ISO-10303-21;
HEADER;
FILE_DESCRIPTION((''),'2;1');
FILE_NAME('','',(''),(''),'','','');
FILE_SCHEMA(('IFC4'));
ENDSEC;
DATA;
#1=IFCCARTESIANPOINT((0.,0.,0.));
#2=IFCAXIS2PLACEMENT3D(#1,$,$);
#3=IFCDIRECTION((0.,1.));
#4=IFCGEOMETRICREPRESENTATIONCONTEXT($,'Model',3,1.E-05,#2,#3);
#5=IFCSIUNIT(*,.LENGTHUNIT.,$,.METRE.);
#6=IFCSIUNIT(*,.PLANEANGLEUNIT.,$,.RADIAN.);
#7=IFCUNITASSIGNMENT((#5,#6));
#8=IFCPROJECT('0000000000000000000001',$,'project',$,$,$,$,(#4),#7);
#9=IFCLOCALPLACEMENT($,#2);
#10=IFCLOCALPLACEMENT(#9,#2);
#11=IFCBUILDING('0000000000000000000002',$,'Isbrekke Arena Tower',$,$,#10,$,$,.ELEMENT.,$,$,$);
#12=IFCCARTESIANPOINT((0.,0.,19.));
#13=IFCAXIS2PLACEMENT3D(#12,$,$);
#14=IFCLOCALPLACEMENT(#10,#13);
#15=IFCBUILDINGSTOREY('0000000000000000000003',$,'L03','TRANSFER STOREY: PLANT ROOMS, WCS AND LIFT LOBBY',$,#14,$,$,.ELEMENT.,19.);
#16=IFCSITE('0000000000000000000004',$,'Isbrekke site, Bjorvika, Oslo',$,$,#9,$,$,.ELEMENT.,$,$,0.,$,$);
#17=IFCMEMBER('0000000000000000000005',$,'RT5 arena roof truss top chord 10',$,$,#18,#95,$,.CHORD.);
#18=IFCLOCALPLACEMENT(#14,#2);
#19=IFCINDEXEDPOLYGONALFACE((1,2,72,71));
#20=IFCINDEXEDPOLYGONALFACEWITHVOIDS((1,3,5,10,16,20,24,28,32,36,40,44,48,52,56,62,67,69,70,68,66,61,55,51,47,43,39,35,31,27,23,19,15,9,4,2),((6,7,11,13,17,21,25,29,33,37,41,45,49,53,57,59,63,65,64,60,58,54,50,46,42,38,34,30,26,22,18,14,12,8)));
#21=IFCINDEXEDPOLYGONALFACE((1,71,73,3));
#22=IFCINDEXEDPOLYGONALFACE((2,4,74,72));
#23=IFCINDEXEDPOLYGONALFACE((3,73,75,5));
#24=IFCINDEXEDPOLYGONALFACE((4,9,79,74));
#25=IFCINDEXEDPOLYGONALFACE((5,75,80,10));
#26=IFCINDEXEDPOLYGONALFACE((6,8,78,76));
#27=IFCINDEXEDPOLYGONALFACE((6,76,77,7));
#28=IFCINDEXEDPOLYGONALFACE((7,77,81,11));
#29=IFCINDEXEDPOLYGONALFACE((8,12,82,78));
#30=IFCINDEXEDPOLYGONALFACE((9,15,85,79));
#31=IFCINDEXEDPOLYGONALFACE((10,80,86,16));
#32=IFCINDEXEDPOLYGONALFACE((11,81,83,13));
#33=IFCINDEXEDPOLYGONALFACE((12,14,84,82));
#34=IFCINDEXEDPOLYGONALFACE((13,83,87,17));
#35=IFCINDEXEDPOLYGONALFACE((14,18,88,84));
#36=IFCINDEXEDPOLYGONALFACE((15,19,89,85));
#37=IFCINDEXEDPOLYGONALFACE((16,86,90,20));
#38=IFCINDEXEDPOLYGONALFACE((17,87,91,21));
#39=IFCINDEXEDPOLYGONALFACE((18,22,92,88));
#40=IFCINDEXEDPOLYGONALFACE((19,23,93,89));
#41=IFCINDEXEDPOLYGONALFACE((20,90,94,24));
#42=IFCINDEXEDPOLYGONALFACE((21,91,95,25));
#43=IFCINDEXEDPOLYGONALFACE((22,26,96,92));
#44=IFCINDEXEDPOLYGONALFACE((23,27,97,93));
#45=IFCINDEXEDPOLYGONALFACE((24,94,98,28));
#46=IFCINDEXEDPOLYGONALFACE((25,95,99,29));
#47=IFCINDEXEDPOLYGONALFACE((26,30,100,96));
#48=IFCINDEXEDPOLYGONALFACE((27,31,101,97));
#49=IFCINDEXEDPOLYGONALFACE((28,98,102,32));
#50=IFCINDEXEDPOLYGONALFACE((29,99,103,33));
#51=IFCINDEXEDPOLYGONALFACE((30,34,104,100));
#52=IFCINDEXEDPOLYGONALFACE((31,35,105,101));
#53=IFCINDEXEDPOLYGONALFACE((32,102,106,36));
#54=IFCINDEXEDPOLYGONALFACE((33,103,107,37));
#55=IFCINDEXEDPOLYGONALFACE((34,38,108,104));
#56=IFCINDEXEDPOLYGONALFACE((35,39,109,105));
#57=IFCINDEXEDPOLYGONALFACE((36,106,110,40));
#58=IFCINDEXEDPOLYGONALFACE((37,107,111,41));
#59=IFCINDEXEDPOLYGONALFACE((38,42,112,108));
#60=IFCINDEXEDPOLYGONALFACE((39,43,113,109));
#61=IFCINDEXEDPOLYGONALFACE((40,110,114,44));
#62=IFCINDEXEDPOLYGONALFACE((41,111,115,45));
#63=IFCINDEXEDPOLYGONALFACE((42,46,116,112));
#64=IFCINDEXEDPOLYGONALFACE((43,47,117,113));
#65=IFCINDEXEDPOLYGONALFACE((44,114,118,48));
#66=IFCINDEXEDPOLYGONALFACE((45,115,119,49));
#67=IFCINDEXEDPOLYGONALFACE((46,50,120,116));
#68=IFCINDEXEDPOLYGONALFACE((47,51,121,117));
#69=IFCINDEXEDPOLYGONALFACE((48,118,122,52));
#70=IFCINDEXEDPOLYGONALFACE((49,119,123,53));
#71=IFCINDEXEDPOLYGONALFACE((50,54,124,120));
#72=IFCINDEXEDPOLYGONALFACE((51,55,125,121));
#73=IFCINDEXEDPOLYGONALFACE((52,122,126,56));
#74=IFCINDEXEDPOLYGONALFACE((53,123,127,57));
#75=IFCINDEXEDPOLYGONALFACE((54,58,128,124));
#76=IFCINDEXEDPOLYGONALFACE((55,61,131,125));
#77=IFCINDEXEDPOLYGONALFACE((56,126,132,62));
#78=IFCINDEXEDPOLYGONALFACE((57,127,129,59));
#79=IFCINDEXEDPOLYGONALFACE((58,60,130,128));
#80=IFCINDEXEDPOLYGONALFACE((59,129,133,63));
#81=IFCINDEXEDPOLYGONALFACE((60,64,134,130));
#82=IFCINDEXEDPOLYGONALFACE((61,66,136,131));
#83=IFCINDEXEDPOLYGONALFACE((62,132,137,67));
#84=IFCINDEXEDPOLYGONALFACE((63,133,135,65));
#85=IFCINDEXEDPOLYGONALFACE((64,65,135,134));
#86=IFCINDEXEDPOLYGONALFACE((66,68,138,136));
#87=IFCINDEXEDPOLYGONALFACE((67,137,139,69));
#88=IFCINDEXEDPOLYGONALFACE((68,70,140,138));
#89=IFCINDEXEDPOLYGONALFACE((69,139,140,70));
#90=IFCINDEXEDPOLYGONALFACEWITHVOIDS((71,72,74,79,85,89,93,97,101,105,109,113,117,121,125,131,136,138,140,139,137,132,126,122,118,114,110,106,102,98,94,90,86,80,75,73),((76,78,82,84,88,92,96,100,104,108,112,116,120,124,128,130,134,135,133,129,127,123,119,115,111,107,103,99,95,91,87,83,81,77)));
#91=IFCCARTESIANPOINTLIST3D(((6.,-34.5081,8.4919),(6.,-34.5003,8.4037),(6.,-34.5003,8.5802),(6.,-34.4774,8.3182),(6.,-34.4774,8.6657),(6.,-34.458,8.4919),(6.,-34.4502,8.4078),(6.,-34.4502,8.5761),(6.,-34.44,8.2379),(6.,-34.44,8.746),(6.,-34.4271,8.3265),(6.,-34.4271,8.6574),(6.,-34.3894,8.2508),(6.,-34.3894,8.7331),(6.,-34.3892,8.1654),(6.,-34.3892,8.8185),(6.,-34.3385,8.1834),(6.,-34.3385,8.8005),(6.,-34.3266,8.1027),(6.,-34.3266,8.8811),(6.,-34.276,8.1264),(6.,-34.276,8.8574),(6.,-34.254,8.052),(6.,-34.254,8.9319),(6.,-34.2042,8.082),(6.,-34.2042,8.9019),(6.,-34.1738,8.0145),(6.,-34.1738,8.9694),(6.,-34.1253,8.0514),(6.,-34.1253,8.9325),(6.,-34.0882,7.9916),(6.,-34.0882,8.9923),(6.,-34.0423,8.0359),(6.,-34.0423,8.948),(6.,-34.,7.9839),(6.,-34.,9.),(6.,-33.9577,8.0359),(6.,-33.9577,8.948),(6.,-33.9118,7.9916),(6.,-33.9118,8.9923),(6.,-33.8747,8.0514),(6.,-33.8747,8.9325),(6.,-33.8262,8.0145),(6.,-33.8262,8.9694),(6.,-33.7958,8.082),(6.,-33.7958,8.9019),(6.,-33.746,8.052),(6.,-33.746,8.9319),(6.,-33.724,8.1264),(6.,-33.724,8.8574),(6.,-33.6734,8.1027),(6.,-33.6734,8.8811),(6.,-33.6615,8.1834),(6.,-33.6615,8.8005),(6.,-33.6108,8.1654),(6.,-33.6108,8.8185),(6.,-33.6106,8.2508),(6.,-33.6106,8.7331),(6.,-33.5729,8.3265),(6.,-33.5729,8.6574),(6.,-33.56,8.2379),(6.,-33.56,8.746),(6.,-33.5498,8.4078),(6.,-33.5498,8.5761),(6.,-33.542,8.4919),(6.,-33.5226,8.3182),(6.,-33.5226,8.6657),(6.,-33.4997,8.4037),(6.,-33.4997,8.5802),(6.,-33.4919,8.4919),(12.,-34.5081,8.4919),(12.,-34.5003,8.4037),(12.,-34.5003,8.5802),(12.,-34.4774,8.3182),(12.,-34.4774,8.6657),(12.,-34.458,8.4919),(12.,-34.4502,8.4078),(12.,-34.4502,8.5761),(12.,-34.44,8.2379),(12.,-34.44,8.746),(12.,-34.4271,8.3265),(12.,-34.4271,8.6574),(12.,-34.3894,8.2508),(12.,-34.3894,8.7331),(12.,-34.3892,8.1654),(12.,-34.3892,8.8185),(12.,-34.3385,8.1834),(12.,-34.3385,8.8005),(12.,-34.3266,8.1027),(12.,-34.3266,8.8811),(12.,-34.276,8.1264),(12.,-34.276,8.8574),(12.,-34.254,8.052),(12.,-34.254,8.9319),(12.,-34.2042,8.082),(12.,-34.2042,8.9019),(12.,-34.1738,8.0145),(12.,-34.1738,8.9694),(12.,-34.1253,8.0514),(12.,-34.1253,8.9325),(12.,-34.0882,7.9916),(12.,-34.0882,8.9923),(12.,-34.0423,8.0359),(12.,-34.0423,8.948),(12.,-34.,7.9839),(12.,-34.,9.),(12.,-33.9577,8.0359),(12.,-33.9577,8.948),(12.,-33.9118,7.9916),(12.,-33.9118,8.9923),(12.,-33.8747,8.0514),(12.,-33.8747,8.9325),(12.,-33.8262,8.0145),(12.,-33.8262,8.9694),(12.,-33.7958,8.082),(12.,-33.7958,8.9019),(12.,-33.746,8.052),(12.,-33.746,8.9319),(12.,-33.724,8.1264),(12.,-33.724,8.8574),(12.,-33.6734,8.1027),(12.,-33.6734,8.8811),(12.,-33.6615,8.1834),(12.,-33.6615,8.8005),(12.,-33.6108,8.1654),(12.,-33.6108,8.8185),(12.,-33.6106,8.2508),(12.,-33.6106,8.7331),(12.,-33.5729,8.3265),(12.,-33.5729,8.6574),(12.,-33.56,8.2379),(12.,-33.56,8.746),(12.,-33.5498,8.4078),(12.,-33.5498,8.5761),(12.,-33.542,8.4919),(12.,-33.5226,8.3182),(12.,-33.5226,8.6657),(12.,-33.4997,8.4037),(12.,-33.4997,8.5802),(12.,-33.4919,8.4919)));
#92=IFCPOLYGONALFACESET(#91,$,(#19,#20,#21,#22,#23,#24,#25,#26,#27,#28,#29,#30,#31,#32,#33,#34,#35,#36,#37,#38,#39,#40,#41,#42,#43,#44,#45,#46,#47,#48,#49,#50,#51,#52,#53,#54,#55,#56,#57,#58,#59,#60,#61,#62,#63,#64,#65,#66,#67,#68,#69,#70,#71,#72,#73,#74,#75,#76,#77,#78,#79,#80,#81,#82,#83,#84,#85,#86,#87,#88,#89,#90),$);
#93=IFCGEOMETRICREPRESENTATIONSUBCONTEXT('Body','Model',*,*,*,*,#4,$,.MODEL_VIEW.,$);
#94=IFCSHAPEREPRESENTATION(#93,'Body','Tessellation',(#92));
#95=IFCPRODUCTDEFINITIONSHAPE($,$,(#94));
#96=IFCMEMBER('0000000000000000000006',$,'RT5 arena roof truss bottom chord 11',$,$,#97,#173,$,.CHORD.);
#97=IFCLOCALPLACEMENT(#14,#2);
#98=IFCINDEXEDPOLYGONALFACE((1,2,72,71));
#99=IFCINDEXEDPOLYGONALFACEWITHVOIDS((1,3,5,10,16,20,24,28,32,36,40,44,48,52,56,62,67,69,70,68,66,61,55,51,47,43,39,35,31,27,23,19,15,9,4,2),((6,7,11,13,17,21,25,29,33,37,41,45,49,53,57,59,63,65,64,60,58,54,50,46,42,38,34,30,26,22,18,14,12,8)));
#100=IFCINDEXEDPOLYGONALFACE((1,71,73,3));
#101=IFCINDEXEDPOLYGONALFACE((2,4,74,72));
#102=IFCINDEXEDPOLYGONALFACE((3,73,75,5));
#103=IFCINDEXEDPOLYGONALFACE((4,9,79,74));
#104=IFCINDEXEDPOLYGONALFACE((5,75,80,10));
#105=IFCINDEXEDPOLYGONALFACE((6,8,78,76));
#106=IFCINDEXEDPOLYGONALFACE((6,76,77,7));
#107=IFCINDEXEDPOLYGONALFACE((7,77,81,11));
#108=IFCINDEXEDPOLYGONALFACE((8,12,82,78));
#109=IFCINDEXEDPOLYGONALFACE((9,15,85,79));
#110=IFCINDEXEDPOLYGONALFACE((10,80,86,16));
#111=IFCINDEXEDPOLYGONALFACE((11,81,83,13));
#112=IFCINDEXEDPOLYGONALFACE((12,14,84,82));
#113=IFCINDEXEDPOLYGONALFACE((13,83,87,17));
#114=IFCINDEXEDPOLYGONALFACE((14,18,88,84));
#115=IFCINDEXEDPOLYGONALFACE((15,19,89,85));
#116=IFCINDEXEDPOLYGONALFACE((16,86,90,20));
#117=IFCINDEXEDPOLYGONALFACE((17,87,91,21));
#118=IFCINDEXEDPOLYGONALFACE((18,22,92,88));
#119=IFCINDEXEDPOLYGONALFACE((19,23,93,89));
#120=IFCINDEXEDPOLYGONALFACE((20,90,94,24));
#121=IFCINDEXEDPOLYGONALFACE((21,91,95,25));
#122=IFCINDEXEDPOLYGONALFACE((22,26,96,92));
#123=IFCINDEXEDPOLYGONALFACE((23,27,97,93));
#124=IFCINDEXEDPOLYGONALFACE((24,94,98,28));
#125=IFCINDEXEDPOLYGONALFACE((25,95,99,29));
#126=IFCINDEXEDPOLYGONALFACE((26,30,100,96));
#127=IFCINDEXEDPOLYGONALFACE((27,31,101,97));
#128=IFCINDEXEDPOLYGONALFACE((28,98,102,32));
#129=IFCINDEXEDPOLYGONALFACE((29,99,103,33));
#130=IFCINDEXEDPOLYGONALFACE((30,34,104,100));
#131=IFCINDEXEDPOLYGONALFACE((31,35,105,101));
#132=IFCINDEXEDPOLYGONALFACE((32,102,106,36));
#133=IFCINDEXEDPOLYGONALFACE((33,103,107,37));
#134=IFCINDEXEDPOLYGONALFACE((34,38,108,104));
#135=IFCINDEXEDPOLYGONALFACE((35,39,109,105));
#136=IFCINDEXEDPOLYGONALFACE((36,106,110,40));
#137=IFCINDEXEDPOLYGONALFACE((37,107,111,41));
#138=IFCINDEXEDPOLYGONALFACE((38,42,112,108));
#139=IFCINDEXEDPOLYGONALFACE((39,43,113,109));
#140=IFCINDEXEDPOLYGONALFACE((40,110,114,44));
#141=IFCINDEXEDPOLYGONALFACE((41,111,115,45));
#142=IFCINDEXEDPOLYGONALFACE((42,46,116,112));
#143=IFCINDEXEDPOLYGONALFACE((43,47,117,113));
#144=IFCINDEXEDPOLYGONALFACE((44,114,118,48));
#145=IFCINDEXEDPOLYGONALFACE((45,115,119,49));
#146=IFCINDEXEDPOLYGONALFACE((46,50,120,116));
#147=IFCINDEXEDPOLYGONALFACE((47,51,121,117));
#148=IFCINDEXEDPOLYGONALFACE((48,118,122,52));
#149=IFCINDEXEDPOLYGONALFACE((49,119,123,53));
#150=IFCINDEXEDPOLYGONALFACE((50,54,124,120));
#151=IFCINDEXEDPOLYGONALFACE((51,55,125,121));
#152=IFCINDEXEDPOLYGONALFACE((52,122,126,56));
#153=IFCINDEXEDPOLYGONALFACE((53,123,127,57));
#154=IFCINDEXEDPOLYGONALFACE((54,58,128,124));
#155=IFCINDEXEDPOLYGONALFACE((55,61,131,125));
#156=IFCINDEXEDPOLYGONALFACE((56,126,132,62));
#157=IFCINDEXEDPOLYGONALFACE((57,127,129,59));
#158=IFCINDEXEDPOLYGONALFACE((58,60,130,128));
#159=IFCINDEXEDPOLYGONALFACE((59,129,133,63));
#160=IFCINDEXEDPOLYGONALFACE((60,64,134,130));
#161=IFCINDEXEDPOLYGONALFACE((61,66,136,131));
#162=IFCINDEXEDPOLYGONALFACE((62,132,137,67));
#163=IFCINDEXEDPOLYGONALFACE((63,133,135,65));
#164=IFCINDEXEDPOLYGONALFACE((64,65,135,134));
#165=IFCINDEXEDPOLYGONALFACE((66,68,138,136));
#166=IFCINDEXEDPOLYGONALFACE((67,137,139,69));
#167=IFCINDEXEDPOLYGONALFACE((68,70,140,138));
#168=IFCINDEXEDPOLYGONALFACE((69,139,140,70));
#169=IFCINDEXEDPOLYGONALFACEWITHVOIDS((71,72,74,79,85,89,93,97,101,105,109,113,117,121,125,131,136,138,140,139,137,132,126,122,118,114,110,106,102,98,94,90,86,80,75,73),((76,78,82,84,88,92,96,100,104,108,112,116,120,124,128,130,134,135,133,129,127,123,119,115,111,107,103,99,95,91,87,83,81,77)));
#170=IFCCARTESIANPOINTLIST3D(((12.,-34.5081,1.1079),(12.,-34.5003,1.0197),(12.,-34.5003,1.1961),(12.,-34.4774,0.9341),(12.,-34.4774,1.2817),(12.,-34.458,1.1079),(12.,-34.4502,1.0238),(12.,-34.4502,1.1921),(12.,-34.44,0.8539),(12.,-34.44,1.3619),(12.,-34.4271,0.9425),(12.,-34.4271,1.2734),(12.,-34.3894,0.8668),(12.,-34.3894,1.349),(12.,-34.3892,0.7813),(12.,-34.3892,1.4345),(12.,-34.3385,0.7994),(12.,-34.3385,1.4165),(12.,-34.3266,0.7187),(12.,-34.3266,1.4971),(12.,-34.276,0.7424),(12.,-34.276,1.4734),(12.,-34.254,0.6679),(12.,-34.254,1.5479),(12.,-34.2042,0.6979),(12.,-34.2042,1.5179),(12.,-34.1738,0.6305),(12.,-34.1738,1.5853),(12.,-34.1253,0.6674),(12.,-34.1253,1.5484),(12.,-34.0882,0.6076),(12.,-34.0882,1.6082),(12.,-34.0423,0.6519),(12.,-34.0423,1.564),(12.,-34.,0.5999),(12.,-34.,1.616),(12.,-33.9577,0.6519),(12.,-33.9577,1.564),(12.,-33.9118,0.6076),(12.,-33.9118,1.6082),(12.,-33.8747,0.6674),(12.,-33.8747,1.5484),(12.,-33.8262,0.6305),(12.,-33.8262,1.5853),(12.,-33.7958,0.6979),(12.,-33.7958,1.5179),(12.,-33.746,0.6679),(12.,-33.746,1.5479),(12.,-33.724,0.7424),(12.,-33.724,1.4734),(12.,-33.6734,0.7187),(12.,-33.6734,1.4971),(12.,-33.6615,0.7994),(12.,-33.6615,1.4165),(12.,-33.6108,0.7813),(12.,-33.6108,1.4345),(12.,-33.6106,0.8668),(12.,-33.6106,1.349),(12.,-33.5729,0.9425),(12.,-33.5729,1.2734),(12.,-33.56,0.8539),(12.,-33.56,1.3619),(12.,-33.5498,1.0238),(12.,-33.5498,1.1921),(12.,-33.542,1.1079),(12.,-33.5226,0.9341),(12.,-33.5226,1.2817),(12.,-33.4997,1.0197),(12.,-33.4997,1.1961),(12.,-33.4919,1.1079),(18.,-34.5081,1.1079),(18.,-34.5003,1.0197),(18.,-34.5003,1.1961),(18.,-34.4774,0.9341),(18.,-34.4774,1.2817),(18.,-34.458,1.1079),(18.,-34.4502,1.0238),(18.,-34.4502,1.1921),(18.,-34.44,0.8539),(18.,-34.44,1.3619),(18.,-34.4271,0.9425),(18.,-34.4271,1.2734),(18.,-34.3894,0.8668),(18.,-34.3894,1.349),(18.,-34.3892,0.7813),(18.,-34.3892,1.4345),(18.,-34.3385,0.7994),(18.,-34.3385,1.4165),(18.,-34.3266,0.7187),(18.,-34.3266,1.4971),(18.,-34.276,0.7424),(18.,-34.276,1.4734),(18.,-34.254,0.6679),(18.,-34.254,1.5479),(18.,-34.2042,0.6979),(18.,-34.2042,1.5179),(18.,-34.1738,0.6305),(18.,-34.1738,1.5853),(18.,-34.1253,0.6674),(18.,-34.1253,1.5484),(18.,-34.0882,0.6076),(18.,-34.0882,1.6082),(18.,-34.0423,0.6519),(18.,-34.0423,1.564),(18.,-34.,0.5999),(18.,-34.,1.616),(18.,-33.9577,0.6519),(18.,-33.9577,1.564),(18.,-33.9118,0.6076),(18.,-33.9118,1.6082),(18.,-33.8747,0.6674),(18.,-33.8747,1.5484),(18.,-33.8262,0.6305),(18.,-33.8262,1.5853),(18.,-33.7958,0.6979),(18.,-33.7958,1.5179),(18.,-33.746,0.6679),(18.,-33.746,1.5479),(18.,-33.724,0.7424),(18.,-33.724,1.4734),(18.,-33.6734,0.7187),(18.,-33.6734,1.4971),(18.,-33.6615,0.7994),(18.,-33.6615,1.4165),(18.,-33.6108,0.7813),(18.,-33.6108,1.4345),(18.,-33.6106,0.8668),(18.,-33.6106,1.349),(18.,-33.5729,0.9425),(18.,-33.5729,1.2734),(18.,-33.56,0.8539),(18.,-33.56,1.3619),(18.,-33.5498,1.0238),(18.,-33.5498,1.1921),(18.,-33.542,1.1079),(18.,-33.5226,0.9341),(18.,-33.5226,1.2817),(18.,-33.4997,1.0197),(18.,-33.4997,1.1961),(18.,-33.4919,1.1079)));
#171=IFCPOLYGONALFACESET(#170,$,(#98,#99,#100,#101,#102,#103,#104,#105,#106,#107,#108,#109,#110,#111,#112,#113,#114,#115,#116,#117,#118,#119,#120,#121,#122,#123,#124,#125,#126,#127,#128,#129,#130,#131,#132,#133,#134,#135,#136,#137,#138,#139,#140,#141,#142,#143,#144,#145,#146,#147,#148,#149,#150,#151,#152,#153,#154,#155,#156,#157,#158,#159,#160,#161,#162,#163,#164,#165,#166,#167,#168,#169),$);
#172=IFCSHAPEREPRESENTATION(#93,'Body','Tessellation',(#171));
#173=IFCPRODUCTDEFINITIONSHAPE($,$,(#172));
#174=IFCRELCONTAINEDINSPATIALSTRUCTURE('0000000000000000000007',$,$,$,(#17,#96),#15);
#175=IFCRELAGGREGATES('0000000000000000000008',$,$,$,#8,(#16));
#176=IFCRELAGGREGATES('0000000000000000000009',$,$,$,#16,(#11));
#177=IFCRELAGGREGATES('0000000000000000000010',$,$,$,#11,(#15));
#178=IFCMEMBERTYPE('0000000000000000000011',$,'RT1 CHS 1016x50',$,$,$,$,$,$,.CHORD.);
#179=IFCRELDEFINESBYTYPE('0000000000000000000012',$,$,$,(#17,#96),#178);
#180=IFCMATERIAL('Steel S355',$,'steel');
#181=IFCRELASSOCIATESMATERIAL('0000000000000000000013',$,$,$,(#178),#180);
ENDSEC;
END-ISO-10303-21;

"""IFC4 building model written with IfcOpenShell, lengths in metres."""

from ifc_helpers import new_model, si_unit, direction, frame, origin, origin_2d, place, context, subcontext, project, spatial, hollow_circle, extrude, material, material_profile, profile_set, type_object, element, save


model = new_model("IFC4")

# Units and contexts
model_context = context("Model", 3, precision=1e-05, world=origin(), true_north=direction((0.0, 1.0)))
body_context = subcontext(model_context, "Body", "Model", "MODEL_VIEW")
ifc_project = project(units=[si_unit("LENGTHUNIT", "METRE"), si_unit("PLANEANGLEUNIT", "RADIAN")], contexts=[model_context])

# Site, building, storey
site_placement = place(None, origin())
site = spatial("IfcSite", under=ifc_project, at=site_placement, Name="Isbrekke site, Bjorvika, Oslo", CompositionType="ELEMENT", RefElevation=0.0)
building_placement = place(site_placement, origin())
building = spatial("IfcBuilding", under=site, at=building_placement, Name="Isbrekke Arena Tower", CompositionType="ELEMENT")
storey_placement = place(building_placement, frame((0.0, 0.0, 19.0)))
storey = spatial("IfcBuildingStorey", under=building, at=storey_placement, Name="L03", Description="TRANSFER STOREY: PLANT ROOMS, WCS AND LIFT LOBBY", CompositionType="ELEMENT", Elevation=19.0)

# Members
ifc_material_1 = material(Name="Steel S355", Category="steel")
ifc_material_profile_1 = material_profile(ifc_material_1, hollow_circle(Radius=0.5081, WallThickness=0.05, at=origin_2d()), Name="CHS 1016x50")
ifc_profile_set_1 = profile_set([ifc_material_profile_1], Name="Steel S355")
member_type_1 = type_object("IfcMemberType", Name="RT1 CHS 1016x50", PredefinedType="CHORD", material=ifc_profile_set_1)
for number, where, z_axis, x_axis, name in (
    (1, (6.0, -34.0, 8.4919), (1.0, 0.0, 0.0), (0.0, 1.0, 0.0), "RT5 arena roof truss top chord 10"),
    (2, (12.0, -34.0, 1.1079), (1.0, 0.0, 0.0), (0.0, 1.0, 0.0), "RT5 arena roof truss bottom chord 11"),
):
    element("IfcMember", number, at=place(storey_placement, frame(where, z_axis=z_axis, x_axis=x_axis)), inside=storey, type_object=member_type_1, Name=name, PredefinedType="CHORD", context=body_context, shape_type="SweptSolid", body=[
        extrude(hollow_circle(Radius=0.5081, WallThickness=0.05, at=origin_2d()), origin(), (0.0, 0.0, 1.0), 6.0),
    ])

save(model, "model.ifc")
